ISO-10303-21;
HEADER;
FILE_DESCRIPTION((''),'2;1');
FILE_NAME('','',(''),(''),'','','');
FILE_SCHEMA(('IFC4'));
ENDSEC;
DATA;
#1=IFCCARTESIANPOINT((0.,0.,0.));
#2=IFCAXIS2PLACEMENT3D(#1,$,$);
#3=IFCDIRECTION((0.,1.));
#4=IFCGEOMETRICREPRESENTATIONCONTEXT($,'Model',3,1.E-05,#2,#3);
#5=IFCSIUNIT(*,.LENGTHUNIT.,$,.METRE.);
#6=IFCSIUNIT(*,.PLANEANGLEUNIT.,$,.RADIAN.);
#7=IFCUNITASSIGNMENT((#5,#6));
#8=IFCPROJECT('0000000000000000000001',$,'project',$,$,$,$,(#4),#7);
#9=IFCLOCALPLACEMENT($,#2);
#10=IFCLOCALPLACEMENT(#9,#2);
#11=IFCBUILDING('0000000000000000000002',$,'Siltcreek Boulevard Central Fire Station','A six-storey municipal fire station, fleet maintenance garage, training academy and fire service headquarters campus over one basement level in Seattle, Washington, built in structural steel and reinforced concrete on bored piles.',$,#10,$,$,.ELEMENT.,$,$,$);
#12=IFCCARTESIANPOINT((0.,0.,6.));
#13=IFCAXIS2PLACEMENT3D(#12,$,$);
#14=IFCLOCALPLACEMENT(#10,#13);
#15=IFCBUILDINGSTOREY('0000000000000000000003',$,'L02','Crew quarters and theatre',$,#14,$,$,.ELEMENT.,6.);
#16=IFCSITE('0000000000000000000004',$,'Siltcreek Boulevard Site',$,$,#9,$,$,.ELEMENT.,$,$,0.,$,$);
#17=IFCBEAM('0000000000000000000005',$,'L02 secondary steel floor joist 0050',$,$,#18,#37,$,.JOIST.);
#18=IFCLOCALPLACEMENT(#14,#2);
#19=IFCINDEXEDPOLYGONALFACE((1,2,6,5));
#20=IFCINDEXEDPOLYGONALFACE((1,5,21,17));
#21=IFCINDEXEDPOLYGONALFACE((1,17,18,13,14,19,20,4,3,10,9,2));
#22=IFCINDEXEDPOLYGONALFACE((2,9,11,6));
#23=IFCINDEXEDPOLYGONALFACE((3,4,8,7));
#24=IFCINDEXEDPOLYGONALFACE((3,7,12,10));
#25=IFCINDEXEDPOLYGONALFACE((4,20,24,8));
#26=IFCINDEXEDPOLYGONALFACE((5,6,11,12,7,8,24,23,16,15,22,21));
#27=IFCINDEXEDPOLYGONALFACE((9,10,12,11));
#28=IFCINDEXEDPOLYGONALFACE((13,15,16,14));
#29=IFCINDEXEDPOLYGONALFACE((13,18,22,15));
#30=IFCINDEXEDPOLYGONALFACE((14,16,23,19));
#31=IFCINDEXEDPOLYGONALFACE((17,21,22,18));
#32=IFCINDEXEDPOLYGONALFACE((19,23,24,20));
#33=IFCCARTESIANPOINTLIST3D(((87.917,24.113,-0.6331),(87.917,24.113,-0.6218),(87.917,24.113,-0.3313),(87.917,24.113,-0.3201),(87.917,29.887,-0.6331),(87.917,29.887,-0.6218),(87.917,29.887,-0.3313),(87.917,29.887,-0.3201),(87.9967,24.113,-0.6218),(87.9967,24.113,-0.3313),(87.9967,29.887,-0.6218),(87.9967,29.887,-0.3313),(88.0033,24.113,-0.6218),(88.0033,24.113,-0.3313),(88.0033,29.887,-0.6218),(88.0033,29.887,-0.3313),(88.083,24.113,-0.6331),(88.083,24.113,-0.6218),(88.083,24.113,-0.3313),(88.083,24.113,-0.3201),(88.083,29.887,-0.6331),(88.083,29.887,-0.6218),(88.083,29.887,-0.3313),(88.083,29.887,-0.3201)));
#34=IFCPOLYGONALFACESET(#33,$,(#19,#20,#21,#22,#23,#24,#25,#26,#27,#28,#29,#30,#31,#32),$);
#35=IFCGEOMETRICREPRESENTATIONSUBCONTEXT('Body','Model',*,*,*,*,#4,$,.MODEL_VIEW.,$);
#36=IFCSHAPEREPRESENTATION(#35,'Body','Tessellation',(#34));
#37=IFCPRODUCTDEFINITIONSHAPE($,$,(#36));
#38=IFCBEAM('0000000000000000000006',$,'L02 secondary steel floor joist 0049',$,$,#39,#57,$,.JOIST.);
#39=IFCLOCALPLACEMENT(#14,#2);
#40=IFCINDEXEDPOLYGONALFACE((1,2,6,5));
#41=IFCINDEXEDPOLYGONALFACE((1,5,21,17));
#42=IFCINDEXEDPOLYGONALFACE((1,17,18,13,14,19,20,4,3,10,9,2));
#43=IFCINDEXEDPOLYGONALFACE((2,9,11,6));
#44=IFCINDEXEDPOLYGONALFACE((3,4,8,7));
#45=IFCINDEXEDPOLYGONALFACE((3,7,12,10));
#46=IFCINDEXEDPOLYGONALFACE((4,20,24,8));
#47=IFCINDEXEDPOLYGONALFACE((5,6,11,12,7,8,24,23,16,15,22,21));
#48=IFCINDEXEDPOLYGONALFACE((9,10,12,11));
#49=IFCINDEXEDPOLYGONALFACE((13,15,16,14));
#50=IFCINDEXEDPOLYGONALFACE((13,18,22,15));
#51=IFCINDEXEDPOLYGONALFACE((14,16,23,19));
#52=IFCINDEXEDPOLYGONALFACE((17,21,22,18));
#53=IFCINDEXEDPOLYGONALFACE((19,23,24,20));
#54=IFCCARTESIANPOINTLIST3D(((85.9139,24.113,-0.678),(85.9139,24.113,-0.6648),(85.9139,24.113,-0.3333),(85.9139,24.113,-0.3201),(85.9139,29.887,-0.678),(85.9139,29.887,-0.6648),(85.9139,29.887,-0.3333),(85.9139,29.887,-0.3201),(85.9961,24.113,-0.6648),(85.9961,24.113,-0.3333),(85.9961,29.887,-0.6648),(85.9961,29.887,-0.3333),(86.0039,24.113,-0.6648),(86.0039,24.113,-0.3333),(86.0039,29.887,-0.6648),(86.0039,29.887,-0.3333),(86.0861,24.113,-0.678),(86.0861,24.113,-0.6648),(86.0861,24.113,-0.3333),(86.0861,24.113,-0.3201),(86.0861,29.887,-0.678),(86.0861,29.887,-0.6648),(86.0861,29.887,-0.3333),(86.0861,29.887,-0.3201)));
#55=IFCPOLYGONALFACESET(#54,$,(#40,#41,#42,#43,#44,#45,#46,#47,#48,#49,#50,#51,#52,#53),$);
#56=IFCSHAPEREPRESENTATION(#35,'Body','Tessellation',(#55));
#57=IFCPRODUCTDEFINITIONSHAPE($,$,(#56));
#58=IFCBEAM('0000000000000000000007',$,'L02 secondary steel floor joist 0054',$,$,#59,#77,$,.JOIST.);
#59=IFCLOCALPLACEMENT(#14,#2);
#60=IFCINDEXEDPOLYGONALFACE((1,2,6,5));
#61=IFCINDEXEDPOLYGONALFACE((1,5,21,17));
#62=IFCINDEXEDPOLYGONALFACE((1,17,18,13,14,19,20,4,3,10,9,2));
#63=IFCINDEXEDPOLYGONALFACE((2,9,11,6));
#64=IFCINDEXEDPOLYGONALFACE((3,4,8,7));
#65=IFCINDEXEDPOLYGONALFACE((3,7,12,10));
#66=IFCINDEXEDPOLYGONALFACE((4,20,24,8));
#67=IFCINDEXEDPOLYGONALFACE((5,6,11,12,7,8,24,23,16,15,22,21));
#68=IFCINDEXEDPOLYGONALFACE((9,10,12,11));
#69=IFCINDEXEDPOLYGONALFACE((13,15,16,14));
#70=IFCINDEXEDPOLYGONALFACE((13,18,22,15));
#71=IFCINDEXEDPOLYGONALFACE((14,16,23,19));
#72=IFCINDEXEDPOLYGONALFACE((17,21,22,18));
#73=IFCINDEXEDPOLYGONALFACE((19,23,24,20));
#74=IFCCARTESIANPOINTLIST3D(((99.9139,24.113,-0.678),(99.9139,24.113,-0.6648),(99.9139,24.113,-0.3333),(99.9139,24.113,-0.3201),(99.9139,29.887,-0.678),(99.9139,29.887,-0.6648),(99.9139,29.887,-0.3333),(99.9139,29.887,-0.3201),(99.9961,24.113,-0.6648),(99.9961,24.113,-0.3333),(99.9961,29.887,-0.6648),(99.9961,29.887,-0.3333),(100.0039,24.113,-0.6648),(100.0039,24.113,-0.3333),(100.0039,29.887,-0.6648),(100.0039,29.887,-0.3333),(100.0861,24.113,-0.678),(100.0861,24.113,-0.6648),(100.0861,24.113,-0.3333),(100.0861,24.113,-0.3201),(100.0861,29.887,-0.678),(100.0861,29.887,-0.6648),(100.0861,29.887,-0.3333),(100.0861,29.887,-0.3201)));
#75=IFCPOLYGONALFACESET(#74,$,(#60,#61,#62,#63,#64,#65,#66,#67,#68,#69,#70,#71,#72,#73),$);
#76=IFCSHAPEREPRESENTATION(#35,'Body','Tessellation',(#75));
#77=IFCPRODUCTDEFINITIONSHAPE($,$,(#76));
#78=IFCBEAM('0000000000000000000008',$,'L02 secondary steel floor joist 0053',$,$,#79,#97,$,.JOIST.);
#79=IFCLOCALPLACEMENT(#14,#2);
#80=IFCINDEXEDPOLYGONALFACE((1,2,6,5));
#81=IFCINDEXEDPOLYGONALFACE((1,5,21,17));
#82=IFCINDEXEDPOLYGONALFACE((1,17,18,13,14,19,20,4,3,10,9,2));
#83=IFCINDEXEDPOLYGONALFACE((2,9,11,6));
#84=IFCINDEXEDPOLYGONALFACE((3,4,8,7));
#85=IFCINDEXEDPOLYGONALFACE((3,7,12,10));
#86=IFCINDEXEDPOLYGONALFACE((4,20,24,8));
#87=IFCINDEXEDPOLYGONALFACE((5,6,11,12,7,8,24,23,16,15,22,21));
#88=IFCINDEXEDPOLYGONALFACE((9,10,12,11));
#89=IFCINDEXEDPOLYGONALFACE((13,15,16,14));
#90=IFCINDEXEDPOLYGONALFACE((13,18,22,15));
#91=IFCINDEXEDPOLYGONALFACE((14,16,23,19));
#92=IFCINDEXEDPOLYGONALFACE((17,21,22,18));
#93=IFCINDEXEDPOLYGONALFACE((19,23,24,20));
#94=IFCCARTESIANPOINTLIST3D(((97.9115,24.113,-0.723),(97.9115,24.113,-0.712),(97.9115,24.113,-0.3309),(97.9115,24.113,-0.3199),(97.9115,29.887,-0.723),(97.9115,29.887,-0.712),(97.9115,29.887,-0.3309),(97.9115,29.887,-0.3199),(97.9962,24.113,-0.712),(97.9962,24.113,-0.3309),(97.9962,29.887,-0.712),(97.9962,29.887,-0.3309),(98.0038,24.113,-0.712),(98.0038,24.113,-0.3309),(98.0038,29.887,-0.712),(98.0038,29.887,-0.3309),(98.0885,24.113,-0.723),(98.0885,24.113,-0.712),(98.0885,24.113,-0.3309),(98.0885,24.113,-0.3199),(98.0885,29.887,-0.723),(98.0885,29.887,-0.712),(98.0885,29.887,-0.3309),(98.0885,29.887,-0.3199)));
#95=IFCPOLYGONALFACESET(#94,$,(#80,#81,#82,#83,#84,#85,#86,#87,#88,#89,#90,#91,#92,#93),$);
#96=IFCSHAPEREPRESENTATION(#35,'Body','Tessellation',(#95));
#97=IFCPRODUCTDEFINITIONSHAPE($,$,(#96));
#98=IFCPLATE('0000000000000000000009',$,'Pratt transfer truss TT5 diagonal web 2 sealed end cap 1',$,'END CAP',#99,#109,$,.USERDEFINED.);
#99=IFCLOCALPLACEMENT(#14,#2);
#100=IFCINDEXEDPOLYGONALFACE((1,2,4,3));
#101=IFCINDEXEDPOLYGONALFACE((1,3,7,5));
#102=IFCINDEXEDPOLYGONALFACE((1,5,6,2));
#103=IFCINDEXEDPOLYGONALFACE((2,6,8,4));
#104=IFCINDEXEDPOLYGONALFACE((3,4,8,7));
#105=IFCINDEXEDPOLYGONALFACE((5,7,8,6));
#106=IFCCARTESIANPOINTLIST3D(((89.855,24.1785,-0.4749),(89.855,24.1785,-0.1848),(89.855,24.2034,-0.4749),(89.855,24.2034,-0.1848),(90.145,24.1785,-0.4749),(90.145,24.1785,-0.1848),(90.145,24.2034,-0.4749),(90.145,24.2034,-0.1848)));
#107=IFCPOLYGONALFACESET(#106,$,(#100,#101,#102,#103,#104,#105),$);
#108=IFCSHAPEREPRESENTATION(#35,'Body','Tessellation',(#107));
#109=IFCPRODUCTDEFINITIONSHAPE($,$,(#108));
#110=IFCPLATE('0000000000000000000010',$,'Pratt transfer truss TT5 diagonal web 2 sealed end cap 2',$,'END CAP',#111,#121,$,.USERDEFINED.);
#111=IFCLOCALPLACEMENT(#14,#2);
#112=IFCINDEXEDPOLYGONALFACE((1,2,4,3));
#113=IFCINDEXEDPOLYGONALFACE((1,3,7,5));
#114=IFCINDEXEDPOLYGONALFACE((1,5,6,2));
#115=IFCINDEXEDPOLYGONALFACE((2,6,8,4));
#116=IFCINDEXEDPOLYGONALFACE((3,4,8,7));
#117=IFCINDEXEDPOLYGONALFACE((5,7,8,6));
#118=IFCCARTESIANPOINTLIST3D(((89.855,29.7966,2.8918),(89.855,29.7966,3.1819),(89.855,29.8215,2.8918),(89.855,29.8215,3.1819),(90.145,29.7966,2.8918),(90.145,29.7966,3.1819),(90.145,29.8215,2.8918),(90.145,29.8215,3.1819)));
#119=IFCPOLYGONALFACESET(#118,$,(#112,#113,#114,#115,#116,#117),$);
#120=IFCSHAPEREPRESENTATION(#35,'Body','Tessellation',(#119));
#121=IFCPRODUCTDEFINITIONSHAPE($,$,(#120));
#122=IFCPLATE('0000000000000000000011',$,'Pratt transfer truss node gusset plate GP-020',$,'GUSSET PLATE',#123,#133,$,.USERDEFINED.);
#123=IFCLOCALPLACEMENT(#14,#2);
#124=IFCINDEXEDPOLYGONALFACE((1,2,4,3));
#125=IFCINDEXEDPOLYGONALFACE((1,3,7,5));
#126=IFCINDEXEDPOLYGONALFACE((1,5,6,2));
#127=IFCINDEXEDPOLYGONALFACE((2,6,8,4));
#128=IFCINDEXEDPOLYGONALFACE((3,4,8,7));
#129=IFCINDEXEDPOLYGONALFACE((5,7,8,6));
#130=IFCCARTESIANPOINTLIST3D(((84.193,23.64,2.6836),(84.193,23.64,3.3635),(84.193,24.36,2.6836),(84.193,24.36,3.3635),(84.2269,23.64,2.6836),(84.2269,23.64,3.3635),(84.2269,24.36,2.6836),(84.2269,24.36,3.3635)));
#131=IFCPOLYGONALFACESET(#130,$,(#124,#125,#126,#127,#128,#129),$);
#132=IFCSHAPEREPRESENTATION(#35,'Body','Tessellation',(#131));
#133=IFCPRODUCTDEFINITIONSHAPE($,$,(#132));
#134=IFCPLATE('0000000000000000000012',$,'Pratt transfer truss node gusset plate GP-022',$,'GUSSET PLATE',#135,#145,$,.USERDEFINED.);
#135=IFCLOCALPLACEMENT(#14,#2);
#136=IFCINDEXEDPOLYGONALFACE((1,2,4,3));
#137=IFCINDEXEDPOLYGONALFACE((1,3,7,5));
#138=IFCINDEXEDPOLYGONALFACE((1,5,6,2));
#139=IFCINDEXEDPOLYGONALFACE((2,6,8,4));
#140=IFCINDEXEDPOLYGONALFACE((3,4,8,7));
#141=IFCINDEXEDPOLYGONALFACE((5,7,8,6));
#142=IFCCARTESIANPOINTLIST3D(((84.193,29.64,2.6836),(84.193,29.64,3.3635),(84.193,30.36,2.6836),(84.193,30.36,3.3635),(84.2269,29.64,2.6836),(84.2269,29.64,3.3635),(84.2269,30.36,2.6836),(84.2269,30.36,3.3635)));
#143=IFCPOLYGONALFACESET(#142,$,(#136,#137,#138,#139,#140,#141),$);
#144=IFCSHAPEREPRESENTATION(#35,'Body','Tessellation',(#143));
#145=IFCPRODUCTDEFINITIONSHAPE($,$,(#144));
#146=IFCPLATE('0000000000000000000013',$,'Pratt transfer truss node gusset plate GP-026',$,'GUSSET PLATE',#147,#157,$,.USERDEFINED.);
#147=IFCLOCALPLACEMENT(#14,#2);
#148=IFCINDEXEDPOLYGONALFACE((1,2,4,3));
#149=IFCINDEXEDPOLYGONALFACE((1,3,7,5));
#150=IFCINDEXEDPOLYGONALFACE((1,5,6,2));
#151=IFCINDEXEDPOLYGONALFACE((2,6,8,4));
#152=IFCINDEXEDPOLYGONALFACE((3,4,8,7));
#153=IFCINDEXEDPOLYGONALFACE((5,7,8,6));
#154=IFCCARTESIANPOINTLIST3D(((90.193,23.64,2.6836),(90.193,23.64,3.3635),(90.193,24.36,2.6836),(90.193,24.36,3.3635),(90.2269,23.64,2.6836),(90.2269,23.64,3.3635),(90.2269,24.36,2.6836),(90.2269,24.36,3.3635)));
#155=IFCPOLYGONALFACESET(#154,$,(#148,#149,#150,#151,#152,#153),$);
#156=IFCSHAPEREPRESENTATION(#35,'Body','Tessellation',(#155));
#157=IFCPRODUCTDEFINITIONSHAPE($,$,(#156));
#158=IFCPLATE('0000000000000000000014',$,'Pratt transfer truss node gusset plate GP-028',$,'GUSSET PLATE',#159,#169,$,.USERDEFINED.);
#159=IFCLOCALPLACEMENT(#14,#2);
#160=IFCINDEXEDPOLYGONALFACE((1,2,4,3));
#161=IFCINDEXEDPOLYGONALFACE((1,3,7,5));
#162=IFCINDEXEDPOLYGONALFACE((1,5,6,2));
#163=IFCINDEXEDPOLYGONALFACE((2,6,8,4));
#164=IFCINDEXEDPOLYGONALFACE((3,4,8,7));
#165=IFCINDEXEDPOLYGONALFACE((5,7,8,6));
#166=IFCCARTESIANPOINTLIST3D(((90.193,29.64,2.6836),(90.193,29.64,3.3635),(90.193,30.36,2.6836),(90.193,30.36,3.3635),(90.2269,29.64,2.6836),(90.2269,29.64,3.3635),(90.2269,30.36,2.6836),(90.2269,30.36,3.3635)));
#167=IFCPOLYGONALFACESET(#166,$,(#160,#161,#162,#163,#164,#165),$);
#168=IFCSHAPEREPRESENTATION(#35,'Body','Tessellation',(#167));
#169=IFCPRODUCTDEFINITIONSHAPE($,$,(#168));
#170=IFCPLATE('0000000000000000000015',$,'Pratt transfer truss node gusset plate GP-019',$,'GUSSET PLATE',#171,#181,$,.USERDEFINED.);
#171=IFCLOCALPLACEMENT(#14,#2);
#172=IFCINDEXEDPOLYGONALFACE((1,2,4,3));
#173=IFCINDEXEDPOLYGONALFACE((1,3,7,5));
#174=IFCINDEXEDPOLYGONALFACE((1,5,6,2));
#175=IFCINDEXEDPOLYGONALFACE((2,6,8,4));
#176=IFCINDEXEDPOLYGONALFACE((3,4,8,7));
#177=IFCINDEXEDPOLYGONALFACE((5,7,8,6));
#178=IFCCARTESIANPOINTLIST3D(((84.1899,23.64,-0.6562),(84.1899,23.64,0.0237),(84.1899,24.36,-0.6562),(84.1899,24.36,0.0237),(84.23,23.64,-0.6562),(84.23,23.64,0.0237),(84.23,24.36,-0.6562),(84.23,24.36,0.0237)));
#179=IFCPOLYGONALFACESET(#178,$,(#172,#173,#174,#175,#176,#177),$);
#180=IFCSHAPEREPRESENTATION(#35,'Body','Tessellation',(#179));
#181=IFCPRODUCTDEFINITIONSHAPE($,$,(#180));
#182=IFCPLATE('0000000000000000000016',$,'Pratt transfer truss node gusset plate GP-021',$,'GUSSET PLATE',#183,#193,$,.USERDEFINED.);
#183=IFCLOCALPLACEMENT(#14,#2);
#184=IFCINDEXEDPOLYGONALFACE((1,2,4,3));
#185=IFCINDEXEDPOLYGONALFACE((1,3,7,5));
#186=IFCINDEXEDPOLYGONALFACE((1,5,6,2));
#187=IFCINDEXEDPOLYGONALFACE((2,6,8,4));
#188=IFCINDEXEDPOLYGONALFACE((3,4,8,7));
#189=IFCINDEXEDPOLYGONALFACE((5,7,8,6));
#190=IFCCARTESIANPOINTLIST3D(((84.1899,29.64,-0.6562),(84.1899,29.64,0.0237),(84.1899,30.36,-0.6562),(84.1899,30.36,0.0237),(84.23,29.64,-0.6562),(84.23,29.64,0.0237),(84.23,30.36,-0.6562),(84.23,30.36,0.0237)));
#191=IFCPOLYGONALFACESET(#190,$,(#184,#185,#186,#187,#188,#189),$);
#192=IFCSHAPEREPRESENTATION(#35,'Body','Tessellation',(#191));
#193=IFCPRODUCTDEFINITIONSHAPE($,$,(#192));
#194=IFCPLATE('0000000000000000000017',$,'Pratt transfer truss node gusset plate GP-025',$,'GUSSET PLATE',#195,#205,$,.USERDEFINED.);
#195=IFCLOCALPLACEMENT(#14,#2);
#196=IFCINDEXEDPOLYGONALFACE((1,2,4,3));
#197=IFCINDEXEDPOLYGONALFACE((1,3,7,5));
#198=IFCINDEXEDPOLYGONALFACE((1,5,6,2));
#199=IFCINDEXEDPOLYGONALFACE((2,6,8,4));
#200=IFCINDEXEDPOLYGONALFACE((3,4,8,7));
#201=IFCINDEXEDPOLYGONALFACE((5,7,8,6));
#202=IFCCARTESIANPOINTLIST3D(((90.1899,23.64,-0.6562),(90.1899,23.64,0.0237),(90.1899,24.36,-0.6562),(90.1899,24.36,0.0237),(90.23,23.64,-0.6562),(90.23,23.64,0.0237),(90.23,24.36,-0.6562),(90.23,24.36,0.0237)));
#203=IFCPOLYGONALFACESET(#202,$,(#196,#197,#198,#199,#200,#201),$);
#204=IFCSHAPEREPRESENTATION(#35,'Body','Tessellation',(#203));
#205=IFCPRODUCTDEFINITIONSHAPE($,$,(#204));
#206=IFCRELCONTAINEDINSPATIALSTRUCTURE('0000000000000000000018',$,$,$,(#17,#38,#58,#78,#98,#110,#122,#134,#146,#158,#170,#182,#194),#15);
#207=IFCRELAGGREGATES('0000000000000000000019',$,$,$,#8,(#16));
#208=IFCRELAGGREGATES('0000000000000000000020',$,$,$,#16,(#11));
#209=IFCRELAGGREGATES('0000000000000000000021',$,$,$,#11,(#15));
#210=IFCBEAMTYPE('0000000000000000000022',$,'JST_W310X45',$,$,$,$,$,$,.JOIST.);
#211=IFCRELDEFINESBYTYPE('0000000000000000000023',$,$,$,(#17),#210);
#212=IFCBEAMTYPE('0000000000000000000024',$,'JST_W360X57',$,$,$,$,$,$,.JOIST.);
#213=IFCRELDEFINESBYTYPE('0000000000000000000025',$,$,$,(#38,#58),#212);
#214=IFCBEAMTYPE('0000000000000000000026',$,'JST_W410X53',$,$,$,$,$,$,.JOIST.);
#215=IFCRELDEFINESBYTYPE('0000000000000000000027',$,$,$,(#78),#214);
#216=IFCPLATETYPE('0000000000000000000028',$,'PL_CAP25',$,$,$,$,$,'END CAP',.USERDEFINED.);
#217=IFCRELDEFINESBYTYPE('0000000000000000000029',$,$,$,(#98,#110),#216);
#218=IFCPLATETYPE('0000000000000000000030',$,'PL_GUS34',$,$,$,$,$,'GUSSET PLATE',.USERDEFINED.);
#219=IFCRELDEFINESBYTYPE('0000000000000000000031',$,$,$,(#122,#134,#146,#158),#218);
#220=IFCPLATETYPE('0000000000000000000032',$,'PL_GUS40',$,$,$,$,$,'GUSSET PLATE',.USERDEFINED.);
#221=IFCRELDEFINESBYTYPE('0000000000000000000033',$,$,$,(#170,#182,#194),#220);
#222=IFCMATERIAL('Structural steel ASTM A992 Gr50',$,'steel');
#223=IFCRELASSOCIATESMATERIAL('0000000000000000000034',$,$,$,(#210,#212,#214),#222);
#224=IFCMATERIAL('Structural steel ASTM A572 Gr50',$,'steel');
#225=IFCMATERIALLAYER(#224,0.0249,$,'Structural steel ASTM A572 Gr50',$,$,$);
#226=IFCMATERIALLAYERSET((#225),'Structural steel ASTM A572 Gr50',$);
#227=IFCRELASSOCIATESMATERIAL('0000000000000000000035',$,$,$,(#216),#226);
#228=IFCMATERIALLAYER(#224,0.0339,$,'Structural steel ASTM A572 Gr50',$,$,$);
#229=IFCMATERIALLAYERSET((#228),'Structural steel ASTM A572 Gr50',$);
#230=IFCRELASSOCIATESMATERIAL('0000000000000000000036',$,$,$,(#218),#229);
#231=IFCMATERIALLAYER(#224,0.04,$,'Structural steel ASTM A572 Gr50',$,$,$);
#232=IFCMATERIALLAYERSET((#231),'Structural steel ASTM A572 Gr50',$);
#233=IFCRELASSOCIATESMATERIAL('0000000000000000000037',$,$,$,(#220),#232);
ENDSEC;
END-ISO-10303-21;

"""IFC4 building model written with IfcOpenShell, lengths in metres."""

from ifc_helpers import new_model, si_unit, direction, frame, origin, origin_2d, place, context, subcontext, project, spatial, rectangle, i_section, extrude, material, layer, layer_set, material_profile, profile_set, type_object, element, save


model = new_model("IFC4")

# Units and contexts
model_context = context("Model", 3, precision=1e-05, world=origin(), true_north=direction((0.0, 1.0)))
body_context = subcontext(model_context, "Body", "Model", "MODEL_VIEW")
ifc_project = project(units=[si_unit("LENGTHUNIT", "METRE"), si_unit("PLANEANGLEUNIT", "RADIAN")], contexts=[model_context])

# Site, building, storey
site_placement = place(None, origin())
site = spatial("IfcSite", under=ifc_project, at=site_placement, Name="Siltcreek Boulevard Site", CompositionType="ELEMENT", RefElevation=0.0)
building_placement = place(site_placement, origin())
building = spatial("IfcBuilding", under=site, at=building_placement, Name="Siltcreek Boulevard Central Fire Station", Description="A six-storey municipal fire station, fleet maintenance garage, training academy and fire service headquarters campus over one basement level in Seattle, Washington, built in structural steel and reinforced concrete on bored piles.", CompositionType="ELEMENT")
storey_placement = place(building_placement, frame((0.0, 0.0, 6.0)))
storey = spatial("IfcBuildingStorey", under=building, at=storey_placement, Name="L02", Description="Crew quarters and theatre", CompositionType="ELEMENT", Elevation=6.0)

# Shared definitions
ifc_material_1 = material(Name="Structural steel ASTM A992 Gr50", Category="steel")

# Beams
ifc_material_profile_1 = material_profile(ifc_material_1, i_section(OverallWidth=0.166, OverallDepth=0.313, WebThickness=0.0066, FlangeThickness=0.0112, at=origin_2d()), Name="W310X45")
ifc_profile_set_1 = profile_set([ifc_material_profile_1], Name="Structural steel ASTM A992 Gr50")
beam_type_1 = type_object("IfcBeamType", Name="JST_W310X45", PredefinedType="JOIST", material=ifc_profile_set_1)
beam_1_placement = place(storey_placement, frame((88.0, 24.113, -0.4766), z_axis=(0.0, 1.0, 0.0), x_axis=(-1.0, 0.0, 0.0)))
element("IfcBeam", 1, at=beam_1_placement, inside=storey, type_object=beam_type_1, Name="L02 secondary steel floor joist 0050", PredefinedType="JOIST", context=body_context, shape_type="SweptSolid", body=[
    extrude(i_section(OverallWidth=0.166, OverallDepth=0.313, WebThickness=0.0066, FlangeThickness=0.0112, at=origin_2d()), origin(), (0.0, 0.0, 1.0), 5.7739),
])
ifc_material_profile_2 = material_profile(ifc_material_1, i_section(OverallWidth=0.1721, OverallDepth=0.3579, WebThickness=0.0078, FlangeThickness=0.0132, at=origin_2d()), Name="W360X57")
ifc_profile_set_2 = profile_set([ifc_material_profile_2], Name="Structural steel ASTM A992 Gr50")
beam_type_2 = type_object("IfcBeamType", Name="JST_W360X57", PredefinedType="JOIST", material=ifc_profile_set_2)
for number, where, z_axis, x_axis, name in (
    (2, (86.0, 24.113, -0.499), (0.0, 1.0, 0.0), (-1.0, 0.0, 0.0), "L02 secondary steel floor joist 0049"),
    (3, (100.0, 24.113, -0.499), (0.0, 1.0, 0.0), (-1.0, 0.0, 0.0), "L02 secondary steel floor joist 0054"),
):
    element("IfcBeam", number, at=place(storey_placement, frame(where, z_axis=z_axis, x_axis=x_axis)), inside=storey, type_object=beam_type_2, Name=name, PredefinedType="JOIST", context=body_context, shape_type="SweptSolid", body=[
        extrude(i_section(OverallWidth=0.1721, OverallDepth=0.3579, WebThickness=0.0078, FlangeThickness=0.0132, at=origin_2d()), origin(), (0.0, 0.0, 1.0), 5.7739),
    ])
ifc_material_profile_3 = material_profile(ifc_material_1, i_section(OverallWidth=0.177, OverallDepth=0.4031, WebThickness=0.0076, FlangeThickness=0.011, at=origin_2d()), Name="W410X53")
ifc_profile_set_3 = profile_set([ifc_material_profile_3], Name="Structural steel ASTM A992 Gr50")
beam_type_3 = type_object("IfcBeamType", Name="JST_W410X53", PredefinedType="JOIST", material=ifc_profile_set_3)
beam_2_placement = place(storey_placement, frame((98.0, 24.113, -0.5215), z_axis=(0.0, 1.0, 0.0), x_axis=(-1.0, 0.0, 0.0)))
element("IfcBeam", 4, at=beam_2_placement, inside=storey, type_object=beam_type_3, Name="L02 secondary steel floor joist 0053", PredefinedType="JOIST", context=body_context, shape_type="SweptSolid", body=[
    extrude(i_section(OverallWidth=0.177, OverallDepth=0.4031, WebThickness=0.0076, FlangeThickness=0.011, at=origin_2d()), origin(), (0.0, 0.0, 1.0), 5.7739),
])

# Plates
ifc_material_2 = material(Name="Structural steel ASTM A572 Gr50", Category="steel")
ifc_layer_1 = layer(ifc_material_2, 0.0249, Name="Structural steel ASTM A572 Gr50")
ifc_layer_set_1 = layer_set([ifc_layer_1], Name="Structural steel ASTM A572 Gr50")
plate_type_1 = type_object("IfcPlateType", Name="PL_CAP25", ElementType="END CAP", PredefinedType="USERDEFINED", material=ifc_layer_set_1)
for number, where, z_axis, x_axis, name in (
    (5, (90.0, 24.1909, -0.4749), (0.0, 0.0, 1.0), (0.0, 1.0, 0.0), "Pratt transfer truss TT5 diagonal web 2 sealed end cap 1"),
    (6, (90.0, 29.8091, 2.8918), (0.0, 0.0, 1.0), (0.0, 1.0, 0.0), "Pratt transfer truss TT5 diagonal web 2 sealed end cap 2"),
):
    element("IfcPlate", number, at=place(storey_placement, frame(where, z_axis=z_axis, x_axis=x_axis)), inside=storey, type_object=plate_type_1, Name=name, ObjectType="END CAP", PredefinedType="USERDEFINED", context=body_context, shape_type="SweptSolid", body=[
        extrude(rectangle(XDim=0.0249, YDim=0.29, at=origin_2d()), origin(), (0.0, 0.0, 1.0), 0.29),
    ])
ifc_layer_2 = layer(ifc_material_2, 0.0339, Name="Structural steel ASTM A572 Gr50")
ifc_layer_set_2 = layer_set([ifc_layer_2], Name="Structural steel ASTM A572 Gr50")
plate_type_2 = type_object("IfcPlateType", Name="PL_GUS34", ElementType="GUSSET PLATE", PredefinedType="USERDEFINED", material=ifc_layer_set_2)
for number, where, z_axis, x_axis, name in (
    (7, (84.21, 24.0, 2.6836), (0.0, 0.0, 1.0), (1.0, 0.0, 0.0), "Pratt transfer truss node gusset plate GP-020"),
    (8, (84.21, 30.0, 2.6836), (0.0, 0.0, 1.0), (1.0, 0.0, 0.0), "Pratt transfer truss node gusset plate GP-022"),
    (9, (90.21, 24.0, 2.6836), (0.0, 0.0, 1.0), (1.0, 0.0, 0.0), "Pratt transfer truss node gusset plate GP-026"),
    (10, (90.21, 30.0, 2.6836), (0.0, 0.0, 1.0), (1.0, 0.0, 0.0), "Pratt transfer truss node gusset plate GP-028"),
):
    element("IfcPlate", number, at=place(storey_placement, frame(where, z_axis=z_axis, x_axis=x_axis)), inside=storey, type_object=plate_type_2, Name=name, ObjectType="GUSSET PLATE", PredefinedType="USERDEFINED", context=body_context, shape_type="SweptSolid", body=[
        extrude(rectangle(XDim=0.0339, YDim=0.72, at=origin_2d()), origin(), (0.0, 0.0, 1.0), 0.6799),
    ])
ifc_layer_3 = layer(ifc_material_2, 0.04, Name="Structural steel ASTM A572 Gr50")
ifc_layer_set_3 = layer_set([ifc_layer_3], Name="Structural steel ASTM A572 Gr50")
plate_type_3 = type_object("IfcPlateType", Name="PL_GUS40", ElementType="GUSSET PLATE", PredefinedType="USERDEFINED", material=ifc_layer_set_3)
for number, where, z_axis, x_axis, name in (
    (11, (84.21, 24.0, -0.6562), (0.0, 0.0, 1.0), (1.0, 0.0, 0.0), "Pratt transfer truss node gusset plate GP-019"),
    (12, (84.21, 30.0, -0.6562), (0.0, 0.0, 1.0), (1.0, 0.0, 0.0), "Pratt transfer truss node gusset plate GP-021"),
    (13, (90.21, 24.0, -0.6562), (0.0, 0.0, 1.0), (1.0, 0.0, 0.0), "Pratt transfer truss node gusset plate GP-025"),
):
    element("IfcPlate", number, at=place(storey_placement, frame(where, z_axis=z_axis, x_axis=x_axis)), inside=storey, type_object=plate_type_3, Name=name, ObjectType="GUSSET PLATE", PredefinedType="USERDEFINED", context=body_context, shape_type="SweptSolid", body=[
        extrude(rectangle(XDim=0.04, YDim=0.72, at=origin_2d()), origin(), (0.0, 0.0, 1.0), 0.6799),
    ])

save(model, "model.ifc")
